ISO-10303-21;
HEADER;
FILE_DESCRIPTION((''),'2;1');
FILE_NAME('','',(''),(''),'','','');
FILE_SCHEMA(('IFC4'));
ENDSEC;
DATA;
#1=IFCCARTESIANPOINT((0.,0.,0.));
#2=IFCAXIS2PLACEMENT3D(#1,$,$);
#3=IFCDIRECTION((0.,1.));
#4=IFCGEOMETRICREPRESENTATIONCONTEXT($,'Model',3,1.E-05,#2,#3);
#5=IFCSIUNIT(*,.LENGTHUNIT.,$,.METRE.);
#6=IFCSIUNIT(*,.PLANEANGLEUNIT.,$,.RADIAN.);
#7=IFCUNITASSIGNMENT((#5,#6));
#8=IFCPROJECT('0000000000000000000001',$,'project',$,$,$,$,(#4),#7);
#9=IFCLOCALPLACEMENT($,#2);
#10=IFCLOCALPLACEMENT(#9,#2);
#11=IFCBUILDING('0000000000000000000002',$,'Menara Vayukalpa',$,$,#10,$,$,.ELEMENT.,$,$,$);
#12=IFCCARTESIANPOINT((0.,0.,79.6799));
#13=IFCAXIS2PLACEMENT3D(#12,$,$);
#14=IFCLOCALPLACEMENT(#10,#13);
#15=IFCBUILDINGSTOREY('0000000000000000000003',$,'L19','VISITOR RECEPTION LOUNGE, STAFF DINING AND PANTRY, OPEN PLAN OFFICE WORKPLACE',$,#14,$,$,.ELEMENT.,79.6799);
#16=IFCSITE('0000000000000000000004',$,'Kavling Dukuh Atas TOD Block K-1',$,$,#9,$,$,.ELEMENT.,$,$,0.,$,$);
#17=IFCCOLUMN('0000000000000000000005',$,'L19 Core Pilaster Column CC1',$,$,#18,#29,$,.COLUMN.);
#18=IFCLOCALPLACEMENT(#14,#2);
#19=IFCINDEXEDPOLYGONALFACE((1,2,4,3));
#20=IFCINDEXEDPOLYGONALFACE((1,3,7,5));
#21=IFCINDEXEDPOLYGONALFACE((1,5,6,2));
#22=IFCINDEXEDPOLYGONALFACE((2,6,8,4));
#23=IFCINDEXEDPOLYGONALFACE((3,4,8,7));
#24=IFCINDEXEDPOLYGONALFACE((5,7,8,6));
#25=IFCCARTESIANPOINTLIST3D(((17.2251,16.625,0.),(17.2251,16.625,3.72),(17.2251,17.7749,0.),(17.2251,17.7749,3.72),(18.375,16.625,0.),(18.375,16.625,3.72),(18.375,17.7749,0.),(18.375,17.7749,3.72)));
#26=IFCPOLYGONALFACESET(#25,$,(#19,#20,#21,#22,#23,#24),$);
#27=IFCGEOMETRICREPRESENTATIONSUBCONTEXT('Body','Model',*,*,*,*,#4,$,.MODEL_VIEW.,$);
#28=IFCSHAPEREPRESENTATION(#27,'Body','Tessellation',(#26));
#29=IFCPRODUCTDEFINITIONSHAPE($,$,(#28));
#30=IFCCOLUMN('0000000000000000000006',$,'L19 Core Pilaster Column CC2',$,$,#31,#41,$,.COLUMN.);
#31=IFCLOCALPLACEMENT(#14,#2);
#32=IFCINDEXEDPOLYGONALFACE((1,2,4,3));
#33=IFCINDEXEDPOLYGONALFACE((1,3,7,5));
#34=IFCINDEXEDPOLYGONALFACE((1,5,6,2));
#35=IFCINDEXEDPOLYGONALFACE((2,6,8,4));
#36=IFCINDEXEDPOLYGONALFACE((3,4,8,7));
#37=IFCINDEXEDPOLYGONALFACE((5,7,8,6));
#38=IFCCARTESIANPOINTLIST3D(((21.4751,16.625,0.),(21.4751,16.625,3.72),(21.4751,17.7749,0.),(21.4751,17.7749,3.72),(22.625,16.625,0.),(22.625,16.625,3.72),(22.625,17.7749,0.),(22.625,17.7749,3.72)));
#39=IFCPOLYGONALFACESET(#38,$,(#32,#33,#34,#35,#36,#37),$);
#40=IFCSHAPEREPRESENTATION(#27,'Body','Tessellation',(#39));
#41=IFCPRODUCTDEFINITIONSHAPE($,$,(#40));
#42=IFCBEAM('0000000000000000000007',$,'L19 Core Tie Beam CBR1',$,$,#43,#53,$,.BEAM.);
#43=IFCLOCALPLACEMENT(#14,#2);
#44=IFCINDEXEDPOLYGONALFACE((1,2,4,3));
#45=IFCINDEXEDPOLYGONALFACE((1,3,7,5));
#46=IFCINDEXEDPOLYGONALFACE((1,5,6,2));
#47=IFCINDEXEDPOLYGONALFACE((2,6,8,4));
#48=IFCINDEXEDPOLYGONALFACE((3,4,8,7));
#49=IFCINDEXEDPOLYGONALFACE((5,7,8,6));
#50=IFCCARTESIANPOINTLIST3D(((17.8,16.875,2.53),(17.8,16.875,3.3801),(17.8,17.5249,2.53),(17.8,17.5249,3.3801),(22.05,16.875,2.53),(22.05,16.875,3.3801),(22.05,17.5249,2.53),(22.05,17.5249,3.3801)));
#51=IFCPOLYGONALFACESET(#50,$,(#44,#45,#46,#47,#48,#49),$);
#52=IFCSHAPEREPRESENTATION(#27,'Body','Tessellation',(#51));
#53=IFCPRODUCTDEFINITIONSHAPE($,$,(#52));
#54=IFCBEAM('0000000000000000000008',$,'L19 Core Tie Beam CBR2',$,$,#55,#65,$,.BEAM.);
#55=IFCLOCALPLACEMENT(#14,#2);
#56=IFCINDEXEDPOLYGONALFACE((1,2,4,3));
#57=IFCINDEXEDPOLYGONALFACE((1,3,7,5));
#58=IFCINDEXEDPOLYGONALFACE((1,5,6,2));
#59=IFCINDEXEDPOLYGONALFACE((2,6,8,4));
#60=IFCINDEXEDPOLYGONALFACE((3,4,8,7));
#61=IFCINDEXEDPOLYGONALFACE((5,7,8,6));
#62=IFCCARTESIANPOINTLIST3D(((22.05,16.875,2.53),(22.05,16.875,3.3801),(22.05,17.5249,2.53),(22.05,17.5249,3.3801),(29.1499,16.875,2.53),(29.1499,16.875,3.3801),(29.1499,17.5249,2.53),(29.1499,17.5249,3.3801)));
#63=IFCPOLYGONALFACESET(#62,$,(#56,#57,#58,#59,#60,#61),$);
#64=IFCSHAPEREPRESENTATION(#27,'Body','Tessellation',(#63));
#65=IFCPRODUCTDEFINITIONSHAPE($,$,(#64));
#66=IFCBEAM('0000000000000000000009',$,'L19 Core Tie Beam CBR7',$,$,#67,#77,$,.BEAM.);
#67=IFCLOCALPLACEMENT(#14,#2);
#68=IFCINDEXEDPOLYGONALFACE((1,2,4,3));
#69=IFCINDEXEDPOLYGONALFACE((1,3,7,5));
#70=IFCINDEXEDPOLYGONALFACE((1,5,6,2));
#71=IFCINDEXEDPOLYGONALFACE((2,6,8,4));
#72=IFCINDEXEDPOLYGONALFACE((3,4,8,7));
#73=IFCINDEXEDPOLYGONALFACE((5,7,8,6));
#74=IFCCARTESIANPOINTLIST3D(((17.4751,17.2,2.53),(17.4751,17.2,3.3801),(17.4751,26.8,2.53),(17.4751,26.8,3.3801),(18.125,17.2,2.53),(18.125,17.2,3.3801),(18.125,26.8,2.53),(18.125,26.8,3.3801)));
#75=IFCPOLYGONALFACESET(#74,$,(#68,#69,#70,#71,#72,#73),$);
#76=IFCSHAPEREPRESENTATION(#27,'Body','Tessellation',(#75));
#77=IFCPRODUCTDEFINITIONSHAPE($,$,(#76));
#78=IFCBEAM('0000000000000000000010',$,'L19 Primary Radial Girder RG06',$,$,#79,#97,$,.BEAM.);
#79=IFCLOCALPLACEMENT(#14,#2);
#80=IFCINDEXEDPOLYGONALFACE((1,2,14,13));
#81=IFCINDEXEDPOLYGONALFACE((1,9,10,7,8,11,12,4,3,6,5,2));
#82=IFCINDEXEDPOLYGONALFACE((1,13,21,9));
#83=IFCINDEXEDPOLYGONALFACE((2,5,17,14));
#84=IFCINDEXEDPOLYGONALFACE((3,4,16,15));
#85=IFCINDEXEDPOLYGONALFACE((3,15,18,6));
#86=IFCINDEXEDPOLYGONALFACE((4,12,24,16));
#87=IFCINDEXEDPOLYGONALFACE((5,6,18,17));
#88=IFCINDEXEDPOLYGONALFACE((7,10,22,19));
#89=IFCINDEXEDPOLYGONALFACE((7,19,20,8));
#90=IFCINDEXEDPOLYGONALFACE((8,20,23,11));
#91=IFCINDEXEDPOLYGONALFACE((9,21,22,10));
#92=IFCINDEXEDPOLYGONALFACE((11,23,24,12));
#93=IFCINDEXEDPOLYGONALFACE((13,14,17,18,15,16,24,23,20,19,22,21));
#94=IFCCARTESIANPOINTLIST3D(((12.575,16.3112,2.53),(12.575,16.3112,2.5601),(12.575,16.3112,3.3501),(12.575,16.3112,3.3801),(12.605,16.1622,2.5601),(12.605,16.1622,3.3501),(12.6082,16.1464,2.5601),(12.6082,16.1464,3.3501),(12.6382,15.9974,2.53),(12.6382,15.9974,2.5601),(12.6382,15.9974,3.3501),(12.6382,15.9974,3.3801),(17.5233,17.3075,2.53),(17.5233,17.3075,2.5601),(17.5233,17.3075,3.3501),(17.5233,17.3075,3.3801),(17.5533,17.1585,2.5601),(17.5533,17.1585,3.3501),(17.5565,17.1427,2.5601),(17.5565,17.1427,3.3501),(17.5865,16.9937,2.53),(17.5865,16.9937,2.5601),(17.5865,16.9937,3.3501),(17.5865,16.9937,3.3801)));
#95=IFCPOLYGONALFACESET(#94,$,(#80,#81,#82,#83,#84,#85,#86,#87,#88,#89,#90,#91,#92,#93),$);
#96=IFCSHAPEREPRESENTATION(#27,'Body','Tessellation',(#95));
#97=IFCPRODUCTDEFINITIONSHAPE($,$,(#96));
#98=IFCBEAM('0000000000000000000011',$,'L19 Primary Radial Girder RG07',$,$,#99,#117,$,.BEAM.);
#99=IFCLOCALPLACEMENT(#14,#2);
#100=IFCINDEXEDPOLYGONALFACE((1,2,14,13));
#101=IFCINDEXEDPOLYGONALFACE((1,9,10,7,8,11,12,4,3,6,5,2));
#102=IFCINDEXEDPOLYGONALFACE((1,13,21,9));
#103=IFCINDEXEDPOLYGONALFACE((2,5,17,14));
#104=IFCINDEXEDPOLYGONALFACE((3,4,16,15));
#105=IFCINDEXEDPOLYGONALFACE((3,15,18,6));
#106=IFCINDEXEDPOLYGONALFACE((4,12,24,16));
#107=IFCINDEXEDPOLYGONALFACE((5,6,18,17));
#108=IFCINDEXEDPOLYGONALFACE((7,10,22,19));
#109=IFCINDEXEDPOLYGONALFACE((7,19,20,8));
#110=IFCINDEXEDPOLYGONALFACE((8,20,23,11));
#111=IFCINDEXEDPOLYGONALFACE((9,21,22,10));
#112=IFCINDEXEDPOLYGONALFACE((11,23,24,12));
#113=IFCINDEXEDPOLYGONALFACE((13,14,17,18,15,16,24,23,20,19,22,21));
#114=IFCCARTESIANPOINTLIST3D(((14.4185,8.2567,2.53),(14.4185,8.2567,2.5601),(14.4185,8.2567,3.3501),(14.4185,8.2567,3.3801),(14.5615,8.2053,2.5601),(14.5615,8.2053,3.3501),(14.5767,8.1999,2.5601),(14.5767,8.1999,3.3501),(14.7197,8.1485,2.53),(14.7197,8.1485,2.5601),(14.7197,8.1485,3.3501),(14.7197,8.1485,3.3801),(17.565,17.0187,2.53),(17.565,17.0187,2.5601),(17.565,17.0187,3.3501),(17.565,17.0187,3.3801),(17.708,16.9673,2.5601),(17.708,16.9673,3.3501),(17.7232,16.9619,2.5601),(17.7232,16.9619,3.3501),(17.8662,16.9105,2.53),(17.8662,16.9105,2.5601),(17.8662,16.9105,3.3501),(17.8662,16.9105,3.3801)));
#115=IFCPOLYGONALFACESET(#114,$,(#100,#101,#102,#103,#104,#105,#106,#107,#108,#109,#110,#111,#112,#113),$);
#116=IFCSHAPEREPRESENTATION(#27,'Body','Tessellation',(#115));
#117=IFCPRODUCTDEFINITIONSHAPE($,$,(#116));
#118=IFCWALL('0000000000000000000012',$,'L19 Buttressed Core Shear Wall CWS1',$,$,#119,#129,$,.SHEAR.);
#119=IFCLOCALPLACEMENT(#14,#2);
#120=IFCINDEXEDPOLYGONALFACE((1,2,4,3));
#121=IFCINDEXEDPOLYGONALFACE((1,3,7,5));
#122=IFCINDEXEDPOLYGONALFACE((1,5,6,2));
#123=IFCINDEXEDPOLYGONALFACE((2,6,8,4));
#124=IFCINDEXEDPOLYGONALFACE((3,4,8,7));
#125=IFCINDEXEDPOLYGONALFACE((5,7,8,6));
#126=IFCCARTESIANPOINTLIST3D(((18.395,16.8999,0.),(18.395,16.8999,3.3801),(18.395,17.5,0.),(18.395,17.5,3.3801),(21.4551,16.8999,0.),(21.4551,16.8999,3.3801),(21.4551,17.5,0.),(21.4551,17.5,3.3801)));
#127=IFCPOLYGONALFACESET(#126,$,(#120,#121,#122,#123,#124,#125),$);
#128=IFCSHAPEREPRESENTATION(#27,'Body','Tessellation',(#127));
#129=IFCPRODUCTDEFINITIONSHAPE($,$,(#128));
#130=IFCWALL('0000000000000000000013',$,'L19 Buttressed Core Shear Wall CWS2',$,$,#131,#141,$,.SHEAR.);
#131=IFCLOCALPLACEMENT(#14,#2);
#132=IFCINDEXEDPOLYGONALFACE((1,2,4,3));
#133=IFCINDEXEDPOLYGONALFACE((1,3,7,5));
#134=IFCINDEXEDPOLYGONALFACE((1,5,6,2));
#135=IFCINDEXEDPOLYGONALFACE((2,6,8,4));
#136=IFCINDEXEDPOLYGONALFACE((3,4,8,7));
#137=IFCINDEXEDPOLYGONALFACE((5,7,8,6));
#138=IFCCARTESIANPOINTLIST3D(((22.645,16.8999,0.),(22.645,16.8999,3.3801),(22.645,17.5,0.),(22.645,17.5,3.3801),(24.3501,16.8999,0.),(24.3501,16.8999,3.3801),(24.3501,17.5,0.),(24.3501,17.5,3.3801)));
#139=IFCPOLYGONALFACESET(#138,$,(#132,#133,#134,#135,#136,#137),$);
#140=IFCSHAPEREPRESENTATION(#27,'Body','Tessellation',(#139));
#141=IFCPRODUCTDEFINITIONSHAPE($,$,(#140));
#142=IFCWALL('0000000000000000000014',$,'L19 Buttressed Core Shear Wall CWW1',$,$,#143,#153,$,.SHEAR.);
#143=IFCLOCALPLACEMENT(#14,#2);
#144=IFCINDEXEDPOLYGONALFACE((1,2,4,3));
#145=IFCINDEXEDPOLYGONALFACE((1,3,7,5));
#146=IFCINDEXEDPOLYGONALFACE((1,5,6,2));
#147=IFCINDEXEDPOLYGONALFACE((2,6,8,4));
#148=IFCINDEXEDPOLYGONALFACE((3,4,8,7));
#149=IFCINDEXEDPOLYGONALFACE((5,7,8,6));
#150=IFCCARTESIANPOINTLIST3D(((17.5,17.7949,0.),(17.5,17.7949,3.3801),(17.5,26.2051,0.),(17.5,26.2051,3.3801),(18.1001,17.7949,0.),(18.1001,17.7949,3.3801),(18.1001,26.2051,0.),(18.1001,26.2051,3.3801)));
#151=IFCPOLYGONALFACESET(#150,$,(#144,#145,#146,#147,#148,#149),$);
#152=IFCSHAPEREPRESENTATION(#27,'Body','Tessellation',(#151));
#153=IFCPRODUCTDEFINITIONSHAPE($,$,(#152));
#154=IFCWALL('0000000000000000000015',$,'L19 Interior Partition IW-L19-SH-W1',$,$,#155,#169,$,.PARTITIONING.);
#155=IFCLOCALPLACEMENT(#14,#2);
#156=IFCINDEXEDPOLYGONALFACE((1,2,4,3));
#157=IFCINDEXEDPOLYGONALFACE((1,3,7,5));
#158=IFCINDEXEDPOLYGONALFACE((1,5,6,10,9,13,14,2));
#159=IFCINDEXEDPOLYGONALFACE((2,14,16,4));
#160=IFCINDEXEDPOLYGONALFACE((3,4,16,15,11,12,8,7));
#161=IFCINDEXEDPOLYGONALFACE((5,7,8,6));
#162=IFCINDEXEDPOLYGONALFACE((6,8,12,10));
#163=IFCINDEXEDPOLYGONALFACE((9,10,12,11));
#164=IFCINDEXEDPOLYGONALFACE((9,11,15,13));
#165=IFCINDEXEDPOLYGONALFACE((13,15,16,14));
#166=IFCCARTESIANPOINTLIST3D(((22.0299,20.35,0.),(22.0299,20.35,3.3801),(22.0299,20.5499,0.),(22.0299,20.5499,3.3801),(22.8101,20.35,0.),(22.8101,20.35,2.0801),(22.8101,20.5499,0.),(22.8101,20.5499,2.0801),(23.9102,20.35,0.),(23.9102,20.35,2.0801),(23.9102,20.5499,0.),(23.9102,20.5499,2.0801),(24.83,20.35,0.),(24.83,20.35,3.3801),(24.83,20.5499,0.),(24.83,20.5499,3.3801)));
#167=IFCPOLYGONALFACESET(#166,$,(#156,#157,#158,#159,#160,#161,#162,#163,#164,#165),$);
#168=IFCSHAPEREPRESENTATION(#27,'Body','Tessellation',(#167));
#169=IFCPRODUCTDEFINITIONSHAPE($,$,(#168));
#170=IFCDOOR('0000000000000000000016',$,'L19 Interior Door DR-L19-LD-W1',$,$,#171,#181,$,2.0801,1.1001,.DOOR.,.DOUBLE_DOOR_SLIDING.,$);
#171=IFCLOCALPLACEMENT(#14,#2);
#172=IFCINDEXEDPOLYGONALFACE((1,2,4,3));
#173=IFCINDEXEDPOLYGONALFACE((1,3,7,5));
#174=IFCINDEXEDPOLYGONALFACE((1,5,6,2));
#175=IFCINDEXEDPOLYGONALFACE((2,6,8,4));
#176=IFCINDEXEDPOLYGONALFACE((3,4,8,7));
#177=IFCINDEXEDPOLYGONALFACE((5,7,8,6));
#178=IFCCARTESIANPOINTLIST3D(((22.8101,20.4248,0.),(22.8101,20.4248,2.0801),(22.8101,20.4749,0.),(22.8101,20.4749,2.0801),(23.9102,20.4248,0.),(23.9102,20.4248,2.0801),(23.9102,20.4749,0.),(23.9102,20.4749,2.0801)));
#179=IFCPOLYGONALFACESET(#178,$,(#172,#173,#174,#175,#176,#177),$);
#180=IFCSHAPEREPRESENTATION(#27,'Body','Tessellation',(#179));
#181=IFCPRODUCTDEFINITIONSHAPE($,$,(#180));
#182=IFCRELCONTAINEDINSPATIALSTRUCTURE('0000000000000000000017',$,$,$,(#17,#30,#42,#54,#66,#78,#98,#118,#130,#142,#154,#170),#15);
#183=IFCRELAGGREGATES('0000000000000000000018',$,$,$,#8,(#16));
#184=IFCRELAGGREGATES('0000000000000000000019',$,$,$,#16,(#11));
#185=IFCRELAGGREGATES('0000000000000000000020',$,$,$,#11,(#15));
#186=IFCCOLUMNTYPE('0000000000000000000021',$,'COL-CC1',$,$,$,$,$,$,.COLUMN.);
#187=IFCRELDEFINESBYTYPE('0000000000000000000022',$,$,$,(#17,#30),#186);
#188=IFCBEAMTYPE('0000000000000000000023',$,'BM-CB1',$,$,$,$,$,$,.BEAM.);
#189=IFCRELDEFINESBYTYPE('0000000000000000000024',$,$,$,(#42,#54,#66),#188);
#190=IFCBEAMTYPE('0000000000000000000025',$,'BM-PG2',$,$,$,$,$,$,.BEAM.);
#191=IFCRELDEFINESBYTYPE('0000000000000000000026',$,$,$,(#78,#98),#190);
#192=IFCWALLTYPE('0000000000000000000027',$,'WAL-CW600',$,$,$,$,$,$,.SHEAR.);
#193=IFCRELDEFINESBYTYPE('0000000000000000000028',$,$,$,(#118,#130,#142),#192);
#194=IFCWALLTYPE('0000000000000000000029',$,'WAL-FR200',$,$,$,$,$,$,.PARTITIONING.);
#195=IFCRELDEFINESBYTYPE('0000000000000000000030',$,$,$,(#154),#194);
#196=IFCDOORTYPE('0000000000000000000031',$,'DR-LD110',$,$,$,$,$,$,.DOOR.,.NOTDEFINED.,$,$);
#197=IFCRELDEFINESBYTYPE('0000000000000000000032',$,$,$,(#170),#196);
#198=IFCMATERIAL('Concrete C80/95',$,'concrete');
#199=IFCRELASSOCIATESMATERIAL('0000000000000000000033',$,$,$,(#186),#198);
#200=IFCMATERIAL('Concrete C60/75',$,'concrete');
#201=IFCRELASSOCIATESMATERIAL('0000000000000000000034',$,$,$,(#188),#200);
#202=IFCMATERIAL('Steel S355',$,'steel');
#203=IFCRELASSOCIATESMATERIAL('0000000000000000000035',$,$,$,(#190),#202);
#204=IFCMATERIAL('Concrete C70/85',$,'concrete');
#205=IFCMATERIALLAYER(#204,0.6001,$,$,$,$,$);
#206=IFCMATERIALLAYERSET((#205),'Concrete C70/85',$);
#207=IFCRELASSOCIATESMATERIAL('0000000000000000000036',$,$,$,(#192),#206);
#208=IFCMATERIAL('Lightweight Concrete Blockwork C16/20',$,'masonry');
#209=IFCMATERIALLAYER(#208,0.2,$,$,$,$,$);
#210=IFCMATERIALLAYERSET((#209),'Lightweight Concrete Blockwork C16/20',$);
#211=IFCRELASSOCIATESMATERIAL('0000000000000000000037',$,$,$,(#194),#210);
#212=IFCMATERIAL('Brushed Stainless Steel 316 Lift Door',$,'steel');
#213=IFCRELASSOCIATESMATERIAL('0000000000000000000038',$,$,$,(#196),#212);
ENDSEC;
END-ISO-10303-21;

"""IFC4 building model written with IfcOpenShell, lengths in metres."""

from ifc_helpers import new_model, si_unit, direction, frame, frame_2d, origin, origin_2d, place, context, subcontext, project, spatial, rectangle, i_section, extrude, material, layer, layer_set, material_profile, profile_set, type_object, element, fill, save


model = new_model("IFC4")

# Units and contexts
model_context = context("Model", 3, precision=1e-05, world=origin(), true_north=direction((0.0, 1.0)))
body_context = subcontext(model_context, "Body", "Model", "MODEL_VIEW")
ifc_project = project(units=[si_unit("LENGTHUNIT", "METRE"), si_unit("PLANEANGLEUNIT", "RADIAN")], contexts=[model_context])

# Site, building, storey
site_placement = place(None, origin())
site = spatial("IfcSite", under=ifc_project, at=site_placement, Name="Kavling Dukuh Atas TOD Block K-1", CompositionType="ELEMENT", RefElevation=0.0)
building_placement = place(site_placement, origin())
building = spatial("IfcBuilding", under=site, at=building_placement, Name="Menara Vayukalpa", CompositionType="ELEMENT")
storey_placement = place(building_placement, frame((0.0, 0.0, 79.6799)))
storey = spatial("IfcBuildingStorey", under=building, at=storey_placement, Name="L19", Description="VISITOR RECEPTION LOUNGE, STAFF DINING AND PANTRY, OPEN PLAN OFFICE WORKPLACE", CompositionType="ELEMENT", Elevation=79.6799)

# Columns
ifc_material_1 = material(Name="Concrete C80/95", Category="concrete")
ifc_material_profile_1 = material_profile(ifc_material_1, rectangle(XDim=1.1499, YDim=1.1499, at=origin_2d()), Name="RC 1150x1150")
ifc_profile_set_1 = profile_set([ifc_material_profile_1], Name="Concrete C80/95")
column_type = type_object("IfcColumnType", Name="COL-CC1", PredefinedType="COLUMN", material=ifc_profile_set_1)
for number, where, z_axis, x_axis, name in (
    (1, (17.8, 17.2, 0.0), (0.0, 0.0, 1.0), (1.0, 0.0, 0.0), "L19 Core Pilaster Column CC1"),
    (2, (22.05, 17.2, 0.0), (0.0, 0.0, 1.0), (1.0, 0.0, 0.0), "L19 Core Pilaster Column CC2"),
):
    element("IfcColumn", number, at=place(storey_placement, frame(where, z_axis=z_axis, x_axis=x_axis)), inside=storey, type_object=column_type, Name=name, PredefinedType="COLUMN", context=body_context, shape_type="SweptSolid", body=[
        extrude(rectangle(XDim=1.1499, YDim=1.1499, at=origin_2d()), origin(), (0.0, 0.0, 1.0), 3.72),
    ])

# Beams
ifc_material_2 = material(Name="Concrete C60/75", Category="concrete")
ifc_material_profile_2 = material_profile(ifc_material_2, rectangle(XDim=0.6499, YDim=0.8501, at=origin_2d()), Name="RC 650x850")
ifc_profile_set_2 = profile_set([ifc_material_profile_2], Name="Concrete C60/75")
beam_type_1 = type_object("IfcBeamType", Name="BM-CB1", PredefinedType="BEAM", material=ifc_profile_set_2)
beam_1_placement = place(storey_placement, frame((17.8, 17.2, 2.9551), z_axis=(1.0, 0.0, 0.0), x_axis=(0.0, 1.0, 0.0)))
element("IfcBeam", 3, at=beam_1_placement, inside=storey, type_object=beam_type_1, Name="L19 Core Tie Beam CBR1", PredefinedType="BEAM", context=body_context, shape_type="SweptSolid", body=[
    extrude(rectangle(XDim=0.6499, YDim=0.8501, at=origin_2d()), origin(), (0.0, 0.0, 1.0), 4.25),
])
beam_2_placement = place(storey_placement, frame((22.05, 17.2, 2.9551), z_axis=(1.0, 0.0, 0.0), x_axis=(0.0, 1.0, 0.0)))
element("IfcBeam", 4, at=beam_2_placement, inside=storey, type_object=beam_type_1, Name="L19 Core Tie Beam CBR2", PredefinedType="BEAM", context=body_context, shape_type="SweptSolid", body=[
    extrude(rectangle(XDim=0.6499, YDim=0.8501, at=origin_2d()), origin(), (0.0, 0.0, 1.0), 7.0999),
])
beam_3_placement = place(storey_placement, frame((17.8, 17.2, 2.9551), z_axis=(0.0, 1.0, 0.0), x_axis=(-1.0, 0.0, 0.0)))
element("IfcBeam", 5, at=beam_3_placement, inside=storey, type_object=beam_type_1, Name="L19 Core Tie Beam CBR7", PredefinedType="BEAM", context=body_context, shape_type="SweptSolid", body=[
    extrude(rectangle(XDim=0.6499, YDim=0.8501, at=origin_2d()), origin(), (0.0, 0.0, 1.0), 9.6001),
])
ifc_material_3 = material(Name="Steel S355", Category="steel")
ifc_material_profile_3 = material_profile(ifc_material_3, i_section(OverallWidth=0.3201, OverallDepth=0.8501, WebThickness=0.0161, FlangeThickness=0.03, at=origin_2d()), Name="WF 850x320x16x30")
ifc_profile_set_3 = profile_set([ifc_material_profile_3], Name="Steel S355")
beam_type_2 = type_object("IfcBeamType", Name="BM-PG2", PredefinedType="BEAM", material=ifc_profile_set_3)
beam_4_placement = place(storey_placement, frame((17.5549, 17.1506, 2.9551), z_axis=(-0.980325, -0.19739, 0.0), x_axis=(0.19739, -0.980325, 0.0)))
element("IfcBeam", 6, at=beam_4_placement, inside=storey, type_object=beam_type_2, Name="L19 Primary Radial Girder RG06", PredefinedType="BEAM", context=body_context, shape_type="SweptSolid", body=[
    extrude(i_section(OverallWidth=0.3201, OverallDepth=0.8501, WebThickness=0.0161, FlangeThickness=0.03, at=origin_2d()), origin(), (0.0, 0.0, 1.0), 5.0476),
])
beam_5_placement = place(storey_placement, frame((17.7156, 16.9646, 2.9551), z_axis=(-0.337976, -0.941155, 0.0), x_axis=(0.941155, -0.337976, 0.0)))
element("IfcBeam", 7, at=beam_5_placement, inside=storey, type_object=beam_type_2, Name="L19 Primary Radial Girder RG07", PredefinedType="BEAM", context=body_context, shape_type="SweptSolid", body=[
    extrude(i_section(OverallWidth=0.3201, OverallDepth=0.8501, WebThickness=0.0161, FlangeThickness=0.03, at=origin_2d()), origin(), (0.0, 0.0, 1.0), 9.3098),
])

# Walls
ifc_material_4 = material(Name="Concrete C70/85", Category="concrete")
ifc_layer_1 = layer(ifc_material_4, 0.6001)
ifc_layer_set_1 = layer_set([ifc_layer_1], Name="Concrete C70/85")
wall_type_1 = type_object("IfcWallType", Name="WAL-CW600", PredefinedType="SHEAR", material=ifc_layer_set_1)
wall_1_placement = place(storey_placement, frame((18.395, 17.2, 0.0), z_axis=(0.0, 0.0, 1.0), x_axis=(1.0, 0.0, 0.0)))
element("IfcWall", 8, at=wall_1_placement, inside=storey, type_object=wall_type_1, Name="L19 Buttressed Core Shear Wall CWS1", PredefinedType="SHEAR", context=body_context, shape_type="SweptSolid", body=[
    extrude(rectangle(XDim=3.0601, YDim=0.6001, at=frame_2d((1.53, 0.0))), origin(), (0.0, 0.0, 1.0), 3.3801),
])
wall_2_placement = place(storey_placement, frame((22.645, 17.2, 0.0), z_axis=(0.0, 0.0, 1.0), x_axis=(1.0, 0.0, 0.0)))
element("IfcWall", 9, at=wall_2_placement, inside=storey, type_object=wall_type_1, Name="L19 Buttressed Core Shear Wall CWS2", PredefinedType="SHEAR", context=body_context, shape_type="SweptSolid", body=[
    extrude(rectangle(XDim=1.7051, YDim=0.6001, at=frame_2d((0.8525, 0.0))), origin(), (0.0, 0.0, 1.0), 3.3801),
])
wall_3_placement = place(storey_placement, frame((17.8, 17.7949, 0.0), z_axis=(0.0, 0.0, 1.0), x_axis=(0.0, 1.0, 0.0)))
element("IfcWall", 10, at=wall_3_placement, inside=storey, type_object=wall_type_1, Name="L19 Buttressed Core Shear Wall CWW1", PredefinedType="SHEAR", context=body_context, shape_type="SweptSolid", body=[
    extrude(rectangle(XDim=8.4102, YDim=0.6001, at=frame_2d((4.2051, 0.0))), origin(), (0.0, 0.0, 1.0), 3.3801),
])

# Wall, opening, door
ifc_material_5 = material(Name="Lightweight Concrete Blockwork C16/20", Category="masonry")
ifc_layer_2 = layer(ifc_material_5, 0.2)
ifc_layer_set_2 = layer_set([ifc_layer_2], Name="Lightweight Concrete Blockwork C16/20")
wall_type_2 = type_object("IfcWallType", Name="WAL-FR200", PredefinedType="PARTITIONING", material=ifc_layer_set_2)
wall_4_placement = place(storey_placement, frame((22.03, 20.45, 0.0), z_axis=(0.0, 0.0, 1.0), x_axis=(1.0, 0.0, 0.0)))
wall_4 = element("IfcWall", 11, at=wall_4_placement, inside=storey, type_object=wall_type_2, Name="L19 Interior Partition IW-L19-SH-W1", PredefinedType="PARTITIONING", context=body_context, shape_type="SweptSolid", body=[
    extrude(rectangle(XDim=2.8, YDim=0.2, at=frame_2d((1.3999, 0.0))), origin(), (0.0, 0.0, 1.0), 3.3801),
])
opening_1_placement = place(wall_4_placement, frame((0.78, 0.0, 0.0)))
opening_1 = element("IfcOpeningElement", 12, at=opening_1_placement, cuts=wall_4, PredefinedType="OPENING", context=body_context, shape_type="SweptSolid", body=[
    extrude(rectangle(XDim=1.1001, YDim=2.0801, at=frame_2d((0.55, 1.04))), frame((0.0, 0.1099, 0.0), z_axis=(0.0, -1.0, 0.0), x_axis=(1.0, 0.0, 0.0)), (0.0, 0.0, 1.0), 0.22),
])
ifc_material_6 = material(Name="Brushed Stainless Steel 316 Lift Door", Category="steel")
door_type_1 = type_object("IfcDoorType", Name="DR-LD110", OperationType="NOTDEFINED", PredefinedType="DOOR", material=ifc_material_6)
door_1_placement = place(opening_1_placement, origin())
door_1 = element("IfcDoor", 13, at=door_1_placement, inside=storey, type_object=door_type_1, Name="L19 Interior Door DR-L19-LD-W1", OperationType="DOUBLE_DOOR_SLIDING", OverallHeight=2.0801, OverallWidth=1.1001, PredefinedType="DOOR", context=body_context, shape_type="SweptSolid", body=[
    extrude(rectangle(XDim=1.1001, YDim=2.0801, at=frame_2d((0.55, 1.04))), frame((0.0, 0.0249, 0.0), z_axis=(0.0, -1.0, 0.0), x_axis=(1.0, 0.0, 0.0)), (0.0, 0.0, 1.0), 0.05),
])
fill(opening_1, door_1)

save(model, "model.ifc")
